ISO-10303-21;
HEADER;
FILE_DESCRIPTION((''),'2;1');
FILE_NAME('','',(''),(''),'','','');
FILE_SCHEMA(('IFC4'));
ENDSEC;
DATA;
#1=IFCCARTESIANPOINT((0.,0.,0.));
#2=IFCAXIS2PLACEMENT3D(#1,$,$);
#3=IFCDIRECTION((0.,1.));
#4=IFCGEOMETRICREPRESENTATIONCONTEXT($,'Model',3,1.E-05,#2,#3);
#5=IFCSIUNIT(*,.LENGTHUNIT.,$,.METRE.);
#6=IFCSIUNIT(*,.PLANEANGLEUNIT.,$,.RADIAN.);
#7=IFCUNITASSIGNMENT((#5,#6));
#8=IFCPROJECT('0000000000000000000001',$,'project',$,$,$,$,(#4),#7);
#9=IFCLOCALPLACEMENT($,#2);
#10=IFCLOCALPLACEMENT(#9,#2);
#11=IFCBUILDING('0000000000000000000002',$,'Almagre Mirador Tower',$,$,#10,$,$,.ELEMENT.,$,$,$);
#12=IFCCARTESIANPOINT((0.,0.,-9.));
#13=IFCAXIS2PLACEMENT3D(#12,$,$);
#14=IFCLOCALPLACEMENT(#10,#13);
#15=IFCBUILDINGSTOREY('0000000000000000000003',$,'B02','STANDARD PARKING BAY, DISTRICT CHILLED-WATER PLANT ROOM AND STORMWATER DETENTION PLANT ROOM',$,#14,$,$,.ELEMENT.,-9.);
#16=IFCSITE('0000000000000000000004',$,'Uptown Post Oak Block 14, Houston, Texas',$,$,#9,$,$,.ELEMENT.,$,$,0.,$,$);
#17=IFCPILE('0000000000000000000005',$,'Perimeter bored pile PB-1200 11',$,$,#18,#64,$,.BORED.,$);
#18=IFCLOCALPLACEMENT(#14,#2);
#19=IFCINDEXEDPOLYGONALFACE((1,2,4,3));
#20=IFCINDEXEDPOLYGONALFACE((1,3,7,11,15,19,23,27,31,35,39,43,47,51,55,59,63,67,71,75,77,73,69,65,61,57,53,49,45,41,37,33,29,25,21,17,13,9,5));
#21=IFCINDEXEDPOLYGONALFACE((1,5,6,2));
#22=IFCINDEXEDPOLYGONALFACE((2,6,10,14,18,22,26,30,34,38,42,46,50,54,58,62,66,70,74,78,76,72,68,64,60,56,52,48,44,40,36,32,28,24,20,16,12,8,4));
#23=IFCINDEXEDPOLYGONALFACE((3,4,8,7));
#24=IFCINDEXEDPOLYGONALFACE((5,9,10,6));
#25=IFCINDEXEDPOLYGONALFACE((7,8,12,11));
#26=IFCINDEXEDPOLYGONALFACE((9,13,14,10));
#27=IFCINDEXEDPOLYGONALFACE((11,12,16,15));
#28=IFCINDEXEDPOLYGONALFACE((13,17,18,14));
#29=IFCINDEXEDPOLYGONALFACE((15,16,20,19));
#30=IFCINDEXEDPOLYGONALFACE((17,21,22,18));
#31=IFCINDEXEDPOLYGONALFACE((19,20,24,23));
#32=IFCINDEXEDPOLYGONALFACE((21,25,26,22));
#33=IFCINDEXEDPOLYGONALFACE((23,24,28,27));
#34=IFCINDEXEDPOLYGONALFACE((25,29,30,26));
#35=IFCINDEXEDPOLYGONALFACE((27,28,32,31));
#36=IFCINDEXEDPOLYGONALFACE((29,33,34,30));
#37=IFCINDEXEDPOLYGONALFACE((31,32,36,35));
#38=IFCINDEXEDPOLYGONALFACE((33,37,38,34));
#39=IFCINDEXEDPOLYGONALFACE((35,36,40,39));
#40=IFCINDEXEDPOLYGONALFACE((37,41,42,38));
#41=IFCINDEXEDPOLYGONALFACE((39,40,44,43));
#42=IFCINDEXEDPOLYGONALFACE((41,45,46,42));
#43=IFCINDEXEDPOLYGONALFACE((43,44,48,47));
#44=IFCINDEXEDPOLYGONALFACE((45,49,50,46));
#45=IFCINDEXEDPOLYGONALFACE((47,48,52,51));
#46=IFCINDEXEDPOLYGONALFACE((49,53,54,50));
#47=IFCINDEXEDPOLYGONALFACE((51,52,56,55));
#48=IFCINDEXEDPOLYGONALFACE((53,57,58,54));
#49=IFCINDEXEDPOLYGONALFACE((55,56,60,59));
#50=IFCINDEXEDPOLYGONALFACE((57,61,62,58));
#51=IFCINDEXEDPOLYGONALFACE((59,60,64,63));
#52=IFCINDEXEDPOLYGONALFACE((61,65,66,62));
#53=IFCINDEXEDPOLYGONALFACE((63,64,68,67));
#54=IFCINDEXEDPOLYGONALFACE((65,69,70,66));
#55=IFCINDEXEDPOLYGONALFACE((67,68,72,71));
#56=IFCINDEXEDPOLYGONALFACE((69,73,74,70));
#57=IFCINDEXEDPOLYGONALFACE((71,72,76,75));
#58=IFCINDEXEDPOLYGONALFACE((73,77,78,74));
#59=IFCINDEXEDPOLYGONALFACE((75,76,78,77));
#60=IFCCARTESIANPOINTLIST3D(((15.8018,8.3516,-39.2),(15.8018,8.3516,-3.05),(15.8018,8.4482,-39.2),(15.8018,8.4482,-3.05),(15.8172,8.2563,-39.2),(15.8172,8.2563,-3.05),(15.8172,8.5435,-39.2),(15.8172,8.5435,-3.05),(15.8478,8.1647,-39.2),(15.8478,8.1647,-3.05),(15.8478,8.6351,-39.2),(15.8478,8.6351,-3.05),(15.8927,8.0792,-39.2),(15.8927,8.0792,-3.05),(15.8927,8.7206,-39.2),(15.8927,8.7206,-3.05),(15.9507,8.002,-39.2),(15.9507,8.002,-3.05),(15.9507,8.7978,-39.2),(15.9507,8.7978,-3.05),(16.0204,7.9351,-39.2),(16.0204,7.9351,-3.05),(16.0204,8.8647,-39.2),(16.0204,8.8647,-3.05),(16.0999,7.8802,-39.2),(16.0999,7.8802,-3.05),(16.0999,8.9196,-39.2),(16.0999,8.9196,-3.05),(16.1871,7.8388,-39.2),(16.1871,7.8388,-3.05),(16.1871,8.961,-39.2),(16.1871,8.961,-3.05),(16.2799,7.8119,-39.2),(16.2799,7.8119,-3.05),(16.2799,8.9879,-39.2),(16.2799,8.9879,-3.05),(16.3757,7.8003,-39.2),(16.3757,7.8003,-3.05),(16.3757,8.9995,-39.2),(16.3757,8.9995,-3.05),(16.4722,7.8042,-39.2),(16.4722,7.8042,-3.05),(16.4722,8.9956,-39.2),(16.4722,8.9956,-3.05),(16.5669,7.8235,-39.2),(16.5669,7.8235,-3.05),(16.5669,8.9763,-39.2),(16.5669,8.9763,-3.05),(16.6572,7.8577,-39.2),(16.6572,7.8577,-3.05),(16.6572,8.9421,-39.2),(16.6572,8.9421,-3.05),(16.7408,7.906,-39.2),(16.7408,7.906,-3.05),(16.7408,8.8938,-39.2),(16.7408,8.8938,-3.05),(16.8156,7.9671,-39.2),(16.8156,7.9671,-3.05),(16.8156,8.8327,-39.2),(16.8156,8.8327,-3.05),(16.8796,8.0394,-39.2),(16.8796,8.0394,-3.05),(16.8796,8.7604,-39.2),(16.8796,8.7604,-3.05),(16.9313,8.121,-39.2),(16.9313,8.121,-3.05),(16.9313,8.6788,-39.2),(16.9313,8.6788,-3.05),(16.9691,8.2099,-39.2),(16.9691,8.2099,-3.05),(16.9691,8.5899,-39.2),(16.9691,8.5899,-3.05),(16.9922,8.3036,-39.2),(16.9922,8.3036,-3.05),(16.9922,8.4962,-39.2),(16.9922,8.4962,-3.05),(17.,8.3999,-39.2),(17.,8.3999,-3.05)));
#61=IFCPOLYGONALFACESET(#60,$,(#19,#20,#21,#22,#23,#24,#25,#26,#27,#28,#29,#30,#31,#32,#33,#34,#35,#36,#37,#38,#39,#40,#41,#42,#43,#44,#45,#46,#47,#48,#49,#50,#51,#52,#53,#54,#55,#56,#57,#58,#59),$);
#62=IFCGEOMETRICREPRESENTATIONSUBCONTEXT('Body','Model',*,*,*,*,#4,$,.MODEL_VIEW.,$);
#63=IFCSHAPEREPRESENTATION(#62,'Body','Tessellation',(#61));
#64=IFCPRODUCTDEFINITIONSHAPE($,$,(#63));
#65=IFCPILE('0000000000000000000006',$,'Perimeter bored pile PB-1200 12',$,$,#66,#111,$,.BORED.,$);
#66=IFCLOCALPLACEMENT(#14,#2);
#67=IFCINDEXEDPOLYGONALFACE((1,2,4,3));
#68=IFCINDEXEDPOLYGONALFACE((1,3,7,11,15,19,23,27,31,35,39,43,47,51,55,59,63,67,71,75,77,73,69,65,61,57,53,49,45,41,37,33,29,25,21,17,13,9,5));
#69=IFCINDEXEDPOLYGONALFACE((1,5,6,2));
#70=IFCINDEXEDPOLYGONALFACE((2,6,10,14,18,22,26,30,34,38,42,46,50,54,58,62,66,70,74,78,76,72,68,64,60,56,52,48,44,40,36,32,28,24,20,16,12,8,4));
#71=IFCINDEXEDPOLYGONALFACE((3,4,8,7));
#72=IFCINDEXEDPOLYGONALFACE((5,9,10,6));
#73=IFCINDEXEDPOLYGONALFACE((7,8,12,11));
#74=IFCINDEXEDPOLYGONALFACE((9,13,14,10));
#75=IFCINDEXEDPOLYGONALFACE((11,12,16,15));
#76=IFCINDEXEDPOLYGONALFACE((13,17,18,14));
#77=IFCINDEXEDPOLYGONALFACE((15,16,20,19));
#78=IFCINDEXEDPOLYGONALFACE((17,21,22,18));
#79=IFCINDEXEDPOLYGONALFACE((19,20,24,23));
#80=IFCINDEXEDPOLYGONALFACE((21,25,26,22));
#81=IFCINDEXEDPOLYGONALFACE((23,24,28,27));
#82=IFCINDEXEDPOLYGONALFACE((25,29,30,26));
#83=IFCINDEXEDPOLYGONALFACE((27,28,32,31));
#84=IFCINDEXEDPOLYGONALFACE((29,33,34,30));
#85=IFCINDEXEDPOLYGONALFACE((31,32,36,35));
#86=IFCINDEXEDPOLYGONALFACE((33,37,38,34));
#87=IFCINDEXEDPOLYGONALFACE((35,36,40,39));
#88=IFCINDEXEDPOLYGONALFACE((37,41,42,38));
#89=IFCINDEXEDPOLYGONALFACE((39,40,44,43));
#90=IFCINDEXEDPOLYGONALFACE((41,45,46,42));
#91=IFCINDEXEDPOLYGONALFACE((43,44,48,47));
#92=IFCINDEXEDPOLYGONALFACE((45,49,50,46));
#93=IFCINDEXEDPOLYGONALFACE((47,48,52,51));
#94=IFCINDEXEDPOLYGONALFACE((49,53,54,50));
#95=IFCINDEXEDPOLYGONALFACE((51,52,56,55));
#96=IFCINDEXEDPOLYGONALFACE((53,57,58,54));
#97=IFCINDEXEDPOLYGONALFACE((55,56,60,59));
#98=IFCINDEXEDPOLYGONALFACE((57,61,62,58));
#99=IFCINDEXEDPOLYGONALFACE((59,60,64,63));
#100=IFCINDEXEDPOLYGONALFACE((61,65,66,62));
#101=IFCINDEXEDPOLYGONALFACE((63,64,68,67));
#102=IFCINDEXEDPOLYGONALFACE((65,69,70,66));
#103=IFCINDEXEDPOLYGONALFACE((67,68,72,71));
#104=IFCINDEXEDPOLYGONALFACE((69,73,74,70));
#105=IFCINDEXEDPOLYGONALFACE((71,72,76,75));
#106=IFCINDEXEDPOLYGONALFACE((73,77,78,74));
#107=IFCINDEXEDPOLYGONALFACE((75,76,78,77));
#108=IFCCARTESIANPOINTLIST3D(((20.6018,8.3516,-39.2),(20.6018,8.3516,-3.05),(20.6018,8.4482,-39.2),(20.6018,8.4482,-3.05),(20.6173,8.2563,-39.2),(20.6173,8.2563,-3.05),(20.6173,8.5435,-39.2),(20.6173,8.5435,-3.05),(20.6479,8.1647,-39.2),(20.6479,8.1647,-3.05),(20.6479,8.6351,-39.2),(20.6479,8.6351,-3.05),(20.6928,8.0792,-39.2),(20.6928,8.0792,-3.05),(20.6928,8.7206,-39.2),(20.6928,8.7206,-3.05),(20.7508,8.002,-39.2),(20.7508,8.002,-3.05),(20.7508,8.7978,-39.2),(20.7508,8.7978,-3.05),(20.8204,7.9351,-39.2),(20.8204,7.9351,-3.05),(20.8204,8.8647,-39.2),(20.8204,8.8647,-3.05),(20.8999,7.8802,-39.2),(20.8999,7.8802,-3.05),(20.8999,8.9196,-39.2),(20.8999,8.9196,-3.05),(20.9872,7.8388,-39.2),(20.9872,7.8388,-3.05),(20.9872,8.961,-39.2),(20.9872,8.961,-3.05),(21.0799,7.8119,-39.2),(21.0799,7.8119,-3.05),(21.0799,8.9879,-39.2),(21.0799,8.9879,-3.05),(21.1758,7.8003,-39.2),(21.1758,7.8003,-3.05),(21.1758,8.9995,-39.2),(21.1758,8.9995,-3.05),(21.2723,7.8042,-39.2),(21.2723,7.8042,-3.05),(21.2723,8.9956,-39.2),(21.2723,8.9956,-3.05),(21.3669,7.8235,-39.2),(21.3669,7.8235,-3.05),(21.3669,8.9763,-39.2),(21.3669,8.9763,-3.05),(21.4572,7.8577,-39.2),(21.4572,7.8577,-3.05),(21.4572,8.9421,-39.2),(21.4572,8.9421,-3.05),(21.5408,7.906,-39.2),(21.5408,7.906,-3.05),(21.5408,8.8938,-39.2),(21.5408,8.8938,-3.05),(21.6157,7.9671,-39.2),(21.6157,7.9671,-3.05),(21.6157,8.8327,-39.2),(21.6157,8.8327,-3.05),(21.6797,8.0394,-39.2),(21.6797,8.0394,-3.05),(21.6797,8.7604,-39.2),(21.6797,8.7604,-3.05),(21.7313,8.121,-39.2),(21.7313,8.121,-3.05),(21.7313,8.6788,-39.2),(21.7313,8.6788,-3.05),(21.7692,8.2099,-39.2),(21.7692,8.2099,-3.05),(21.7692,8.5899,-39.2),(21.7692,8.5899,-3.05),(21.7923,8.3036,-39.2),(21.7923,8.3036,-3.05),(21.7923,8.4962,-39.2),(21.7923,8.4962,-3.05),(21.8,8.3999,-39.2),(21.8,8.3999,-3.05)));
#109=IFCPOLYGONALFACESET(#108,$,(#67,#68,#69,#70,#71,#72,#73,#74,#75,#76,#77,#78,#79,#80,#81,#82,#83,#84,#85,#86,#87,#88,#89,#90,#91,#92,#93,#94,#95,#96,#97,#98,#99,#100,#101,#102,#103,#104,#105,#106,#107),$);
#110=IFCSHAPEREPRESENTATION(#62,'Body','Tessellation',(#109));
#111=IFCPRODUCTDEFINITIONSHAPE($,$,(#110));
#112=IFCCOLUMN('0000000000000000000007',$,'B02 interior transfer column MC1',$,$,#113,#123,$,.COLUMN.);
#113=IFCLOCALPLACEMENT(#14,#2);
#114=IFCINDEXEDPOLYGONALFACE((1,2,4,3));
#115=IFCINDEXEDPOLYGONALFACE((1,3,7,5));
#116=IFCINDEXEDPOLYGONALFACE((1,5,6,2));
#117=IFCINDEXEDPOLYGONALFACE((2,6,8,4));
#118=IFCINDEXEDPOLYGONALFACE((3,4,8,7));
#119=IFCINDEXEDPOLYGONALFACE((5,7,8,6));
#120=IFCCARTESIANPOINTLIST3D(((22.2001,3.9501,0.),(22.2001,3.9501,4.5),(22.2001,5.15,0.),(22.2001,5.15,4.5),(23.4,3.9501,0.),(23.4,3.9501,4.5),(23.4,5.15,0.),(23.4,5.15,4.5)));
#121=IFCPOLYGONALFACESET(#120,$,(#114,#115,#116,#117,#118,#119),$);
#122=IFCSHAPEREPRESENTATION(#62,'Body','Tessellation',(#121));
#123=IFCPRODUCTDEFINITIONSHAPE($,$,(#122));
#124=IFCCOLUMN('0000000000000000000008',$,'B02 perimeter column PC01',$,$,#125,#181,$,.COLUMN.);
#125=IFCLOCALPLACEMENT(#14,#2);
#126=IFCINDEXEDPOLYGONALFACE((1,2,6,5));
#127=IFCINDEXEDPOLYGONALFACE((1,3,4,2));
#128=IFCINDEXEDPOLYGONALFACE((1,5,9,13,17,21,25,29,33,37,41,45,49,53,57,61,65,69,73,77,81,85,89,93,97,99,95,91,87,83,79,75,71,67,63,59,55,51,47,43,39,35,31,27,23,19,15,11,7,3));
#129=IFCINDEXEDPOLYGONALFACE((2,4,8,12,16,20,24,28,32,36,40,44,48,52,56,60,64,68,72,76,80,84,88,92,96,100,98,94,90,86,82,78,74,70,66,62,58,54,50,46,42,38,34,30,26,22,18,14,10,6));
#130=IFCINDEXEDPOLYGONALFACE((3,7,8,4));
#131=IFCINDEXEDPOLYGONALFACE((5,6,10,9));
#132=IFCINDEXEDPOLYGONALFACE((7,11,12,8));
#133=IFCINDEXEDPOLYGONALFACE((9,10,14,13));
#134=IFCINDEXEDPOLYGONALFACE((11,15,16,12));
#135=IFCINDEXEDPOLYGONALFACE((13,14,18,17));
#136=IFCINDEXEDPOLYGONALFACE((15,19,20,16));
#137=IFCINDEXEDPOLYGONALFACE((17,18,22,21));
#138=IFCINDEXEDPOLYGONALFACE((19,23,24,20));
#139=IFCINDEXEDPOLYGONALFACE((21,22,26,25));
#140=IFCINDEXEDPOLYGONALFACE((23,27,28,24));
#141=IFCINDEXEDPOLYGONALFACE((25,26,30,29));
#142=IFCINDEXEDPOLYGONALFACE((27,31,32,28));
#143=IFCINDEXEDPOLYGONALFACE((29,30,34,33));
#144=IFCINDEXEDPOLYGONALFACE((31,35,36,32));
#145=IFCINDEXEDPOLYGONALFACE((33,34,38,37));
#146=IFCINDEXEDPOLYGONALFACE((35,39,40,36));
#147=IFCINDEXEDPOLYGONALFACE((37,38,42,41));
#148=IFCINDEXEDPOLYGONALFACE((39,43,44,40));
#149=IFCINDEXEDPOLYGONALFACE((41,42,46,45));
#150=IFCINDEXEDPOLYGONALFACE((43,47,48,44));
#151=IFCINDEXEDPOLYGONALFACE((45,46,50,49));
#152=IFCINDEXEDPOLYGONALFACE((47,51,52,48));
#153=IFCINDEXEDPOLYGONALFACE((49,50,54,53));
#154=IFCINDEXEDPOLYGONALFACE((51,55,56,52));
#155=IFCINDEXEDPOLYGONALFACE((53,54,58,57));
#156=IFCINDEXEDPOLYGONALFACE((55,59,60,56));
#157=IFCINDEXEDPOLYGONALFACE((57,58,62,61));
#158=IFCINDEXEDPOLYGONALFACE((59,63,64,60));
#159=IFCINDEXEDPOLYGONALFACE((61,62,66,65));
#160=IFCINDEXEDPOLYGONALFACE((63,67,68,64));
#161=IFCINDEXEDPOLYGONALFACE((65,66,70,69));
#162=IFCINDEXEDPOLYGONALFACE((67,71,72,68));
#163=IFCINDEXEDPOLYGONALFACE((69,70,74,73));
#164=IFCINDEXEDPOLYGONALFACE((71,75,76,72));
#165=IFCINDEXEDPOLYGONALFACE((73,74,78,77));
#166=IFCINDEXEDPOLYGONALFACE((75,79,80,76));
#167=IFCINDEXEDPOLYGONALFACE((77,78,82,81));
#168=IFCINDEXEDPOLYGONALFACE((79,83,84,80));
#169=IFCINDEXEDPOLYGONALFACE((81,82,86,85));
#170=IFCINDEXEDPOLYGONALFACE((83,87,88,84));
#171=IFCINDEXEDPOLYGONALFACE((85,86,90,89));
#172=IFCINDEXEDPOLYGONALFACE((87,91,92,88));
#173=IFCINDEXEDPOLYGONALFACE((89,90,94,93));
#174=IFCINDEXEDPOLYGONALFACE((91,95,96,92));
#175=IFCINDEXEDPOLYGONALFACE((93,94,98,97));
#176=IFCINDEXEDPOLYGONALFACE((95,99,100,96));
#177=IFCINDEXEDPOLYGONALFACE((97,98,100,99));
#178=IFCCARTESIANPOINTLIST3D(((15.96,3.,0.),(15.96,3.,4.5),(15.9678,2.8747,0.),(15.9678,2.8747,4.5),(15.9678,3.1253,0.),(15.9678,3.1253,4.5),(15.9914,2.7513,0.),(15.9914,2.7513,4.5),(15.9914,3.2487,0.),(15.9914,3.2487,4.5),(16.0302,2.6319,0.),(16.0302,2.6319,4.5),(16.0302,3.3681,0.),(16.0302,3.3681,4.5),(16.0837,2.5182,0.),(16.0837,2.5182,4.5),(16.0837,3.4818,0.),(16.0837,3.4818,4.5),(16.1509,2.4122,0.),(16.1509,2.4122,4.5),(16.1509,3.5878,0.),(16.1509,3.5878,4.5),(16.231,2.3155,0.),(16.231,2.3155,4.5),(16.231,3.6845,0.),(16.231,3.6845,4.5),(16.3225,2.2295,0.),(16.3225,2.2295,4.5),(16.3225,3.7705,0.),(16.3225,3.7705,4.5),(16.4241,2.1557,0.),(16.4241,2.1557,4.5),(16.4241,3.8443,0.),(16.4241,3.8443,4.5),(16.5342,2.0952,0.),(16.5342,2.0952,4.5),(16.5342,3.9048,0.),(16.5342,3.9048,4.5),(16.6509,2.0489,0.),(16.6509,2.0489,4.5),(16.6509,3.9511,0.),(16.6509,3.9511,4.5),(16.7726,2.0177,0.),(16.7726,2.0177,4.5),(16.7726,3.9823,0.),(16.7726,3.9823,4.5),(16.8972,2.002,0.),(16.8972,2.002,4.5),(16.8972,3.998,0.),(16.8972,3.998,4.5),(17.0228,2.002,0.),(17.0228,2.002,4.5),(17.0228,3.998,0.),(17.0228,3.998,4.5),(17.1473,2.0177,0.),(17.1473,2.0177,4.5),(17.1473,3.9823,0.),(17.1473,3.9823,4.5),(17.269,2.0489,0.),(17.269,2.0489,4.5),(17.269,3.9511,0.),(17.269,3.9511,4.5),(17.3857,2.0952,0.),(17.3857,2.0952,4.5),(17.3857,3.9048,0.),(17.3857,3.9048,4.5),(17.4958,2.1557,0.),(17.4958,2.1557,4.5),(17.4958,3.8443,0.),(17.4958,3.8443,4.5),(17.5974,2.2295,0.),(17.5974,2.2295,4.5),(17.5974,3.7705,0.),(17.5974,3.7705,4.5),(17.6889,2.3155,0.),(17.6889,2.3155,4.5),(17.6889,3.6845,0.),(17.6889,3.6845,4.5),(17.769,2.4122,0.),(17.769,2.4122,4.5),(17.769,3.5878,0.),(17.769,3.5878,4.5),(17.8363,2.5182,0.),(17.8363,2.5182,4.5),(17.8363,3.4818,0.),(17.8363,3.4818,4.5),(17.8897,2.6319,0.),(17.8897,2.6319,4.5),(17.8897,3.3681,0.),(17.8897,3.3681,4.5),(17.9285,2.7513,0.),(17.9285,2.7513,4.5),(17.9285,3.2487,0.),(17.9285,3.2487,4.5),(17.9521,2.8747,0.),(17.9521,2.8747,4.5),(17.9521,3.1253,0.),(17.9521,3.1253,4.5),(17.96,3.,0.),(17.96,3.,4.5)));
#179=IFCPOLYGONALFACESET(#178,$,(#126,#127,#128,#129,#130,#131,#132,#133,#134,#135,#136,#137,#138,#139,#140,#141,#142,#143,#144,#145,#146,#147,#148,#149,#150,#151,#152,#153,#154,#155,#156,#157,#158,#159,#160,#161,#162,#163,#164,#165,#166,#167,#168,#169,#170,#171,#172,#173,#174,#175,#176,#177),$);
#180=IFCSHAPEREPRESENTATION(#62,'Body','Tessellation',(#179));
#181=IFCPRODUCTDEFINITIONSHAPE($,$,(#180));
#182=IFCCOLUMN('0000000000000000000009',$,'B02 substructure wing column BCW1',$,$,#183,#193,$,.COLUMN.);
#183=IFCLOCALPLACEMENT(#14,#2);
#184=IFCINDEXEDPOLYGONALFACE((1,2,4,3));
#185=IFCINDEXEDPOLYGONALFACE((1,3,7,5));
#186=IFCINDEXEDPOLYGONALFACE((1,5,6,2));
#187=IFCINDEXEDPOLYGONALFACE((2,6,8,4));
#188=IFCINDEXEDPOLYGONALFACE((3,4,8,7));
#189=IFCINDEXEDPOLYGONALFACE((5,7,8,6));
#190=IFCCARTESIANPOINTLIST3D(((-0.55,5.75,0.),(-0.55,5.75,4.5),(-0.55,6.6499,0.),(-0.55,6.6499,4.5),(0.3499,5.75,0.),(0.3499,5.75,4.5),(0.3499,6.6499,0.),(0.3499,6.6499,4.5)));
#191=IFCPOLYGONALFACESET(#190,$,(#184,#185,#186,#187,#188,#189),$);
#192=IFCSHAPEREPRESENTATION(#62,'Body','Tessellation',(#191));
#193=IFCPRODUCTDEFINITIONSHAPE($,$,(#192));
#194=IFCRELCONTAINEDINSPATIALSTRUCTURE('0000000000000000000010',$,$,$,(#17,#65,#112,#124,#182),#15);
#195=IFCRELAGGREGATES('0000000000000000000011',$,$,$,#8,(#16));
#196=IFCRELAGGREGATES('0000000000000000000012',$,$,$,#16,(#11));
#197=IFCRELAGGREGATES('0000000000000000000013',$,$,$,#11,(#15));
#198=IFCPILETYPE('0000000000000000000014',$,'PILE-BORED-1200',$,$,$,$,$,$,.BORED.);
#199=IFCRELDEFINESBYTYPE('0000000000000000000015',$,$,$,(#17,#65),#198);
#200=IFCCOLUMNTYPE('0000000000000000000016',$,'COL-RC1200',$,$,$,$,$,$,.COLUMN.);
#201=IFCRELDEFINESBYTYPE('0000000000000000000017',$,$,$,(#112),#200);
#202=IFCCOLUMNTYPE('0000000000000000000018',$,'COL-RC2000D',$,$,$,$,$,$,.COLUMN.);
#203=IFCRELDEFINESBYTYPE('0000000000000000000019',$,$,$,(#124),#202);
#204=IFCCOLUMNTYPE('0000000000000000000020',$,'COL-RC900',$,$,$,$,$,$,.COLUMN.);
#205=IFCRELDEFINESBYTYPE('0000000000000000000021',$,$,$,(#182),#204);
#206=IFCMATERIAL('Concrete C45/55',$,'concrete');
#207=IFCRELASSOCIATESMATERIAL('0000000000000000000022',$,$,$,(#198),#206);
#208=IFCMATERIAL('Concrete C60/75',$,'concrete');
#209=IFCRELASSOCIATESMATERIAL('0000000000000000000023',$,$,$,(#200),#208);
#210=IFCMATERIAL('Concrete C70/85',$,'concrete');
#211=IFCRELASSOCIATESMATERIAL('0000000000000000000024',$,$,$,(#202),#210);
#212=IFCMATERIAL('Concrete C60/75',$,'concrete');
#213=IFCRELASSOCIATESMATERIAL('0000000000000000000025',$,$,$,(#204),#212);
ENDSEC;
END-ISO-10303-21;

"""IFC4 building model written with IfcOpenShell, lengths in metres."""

from ifc_helpers import new_model, si_unit, direction, frame, origin, origin_2d, place, context, subcontext, project, spatial, rectangle, circle, extrude, material, material_profile, profile_set, type_object, element, save


model = new_model("IFC4")

# Units and contexts
model_context = context("Model", 3, precision=1e-05, world=origin(), true_north=direction((0.0, 1.0)))
body_context = subcontext(model_context, "Body", "Model", "MODEL_VIEW")
ifc_project = project(units=[si_unit("LENGTHUNIT", "METRE"), si_unit("PLANEANGLEUNIT", "RADIAN")], contexts=[model_context])

# Site, building, storey
site_placement = place(None, origin())
site = spatial("IfcSite", under=ifc_project, at=site_placement, Name="Uptown Post Oak Block 14, Houston, Texas", CompositionType="ELEMENT", RefElevation=0.0)
building_placement = place(site_placement, origin())
building = spatial("IfcBuilding", under=site, at=building_placement, Name="Almagre Mirador Tower", CompositionType="ELEMENT")
storey_placement = place(building_placement, frame((0.0, 0.0, -9.0)))
storey = spatial("IfcBuildingStorey", under=building, at=storey_placement, Name="B02", Description="STANDARD PARKING BAY, DISTRICT CHILLED-WATER PLANT ROOM AND STORMWATER DETENTION PLANT ROOM", CompositionType="ELEMENT", Elevation=-9.0)

# Piles
ifc_material_1 = material(Name="Concrete C45/55", Category="concrete")
ifc_material_profile_1 = material_profile(ifc_material_1, circle(Radius=0.6001, at=origin_2d()), Name="PILE1200D")
ifc_profile_set_1 = profile_set([ifc_material_profile_1], Name="Concrete C45/55")
pile_type = type_object("IfcPileType", Name="PILE-BORED-1200", PredefinedType="BORED", material=ifc_profile_set_1)
for number, where, z_axis, x_axis, name in (
    (1, (16.3999, 8.3999, -3.05), (0.0, 0.0, -1.0), (1.0, 0.0, 0.0), "Perimeter bored pile PB-1200 11"),
    (2, (21.2, 8.3999, -3.05), (0.0, 0.0, -1.0), (1.0, 0.0, 0.0), "Perimeter bored pile PB-1200 12"),
):
    element("IfcPile", number, at=place(storey_placement, frame(where, z_axis=z_axis, x_axis=x_axis)), inside=storey, type_object=pile_type, Name=name, PredefinedType="BORED", context=body_context, shape_type="SweptSolid", body=[
        extrude(circle(Radius=0.6001, at=origin_2d()), origin(), (0.0, 0.0, 1.0), 36.1499),
    ])

# Columns
ifc_material_2 = material(Name="Concrete C60/75", Category="concrete")
ifc_material_profile_2 = material_profile(ifc_material_2, rectangle(XDim=1.2, YDim=1.2, at=origin_2d()), Name="RC1200X1200")
ifc_profile_set_2 = profile_set([ifc_material_profile_2], Name="Concrete C60/75")
column_type_1 = type_object("IfcColumnType", Name="COL-RC1200", PredefinedType="COLUMN", material=ifc_profile_set_2)
column_1_placement = place(storey_placement, frame((22.8, 4.55, 0.0), z_axis=(0.0, 0.0, 1.0), x_axis=(1.0, 0.0, 0.0)))
element("IfcColumn", 3, at=column_1_placement, inside=storey, type_object=column_type_1, Name="B02 interior transfer column MC1", PredefinedType="COLUMN", context=body_context, shape_type="SweptSolid", body=[
    extrude(rectangle(XDim=1.2, YDim=1.2, at=origin_2d()), origin(), (0.0, 0.0, 1.0), 4.5),
])
ifc_material_3 = material(Name="Concrete C70/85", Category="concrete")
ifc_material_profile_3 = material_profile(ifc_material_3, circle(Radius=1.0, at=origin_2d()), Name="RC2000D")
ifc_profile_set_3 = profile_set([ifc_material_profile_3], Name="Concrete C70/85")
column_type_2 = type_object("IfcColumnType", Name="COL-RC2000D", PredefinedType="COLUMN", material=ifc_profile_set_3)
column_2_placement = place(storey_placement, frame((16.96, 3.0, 0.0), z_axis=(0.0, 0.0, 1.0), x_axis=(1.0, 0.0, 0.0)))
element("IfcColumn", 4, at=column_2_placement, inside=storey, type_object=column_type_2, Name="B02 perimeter column PC01", PredefinedType="COLUMN", context=body_context, shape_type="SweptSolid", body=[
    extrude(circle(Radius=1.0, at=origin_2d()), origin(), (0.0, 0.0, 1.0), 4.5),
])
ifc_material_4 = material(Name="Concrete C60/75", Category="concrete")
ifc_material_profile_4 = material_profile(ifc_material_4, rectangle(XDim=0.8999, YDim=0.8999, at=origin_2d()), Name="RC900X900")
ifc_profile_set_4 = profile_set([ifc_material_profile_4], Name="Concrete C60/75")
column_type_3 = type_object("IfcColumnType", Name="COL-RC900", PredefinedType="COLUMN", material=ifc_profile_set_4)
for number, where, z_axis, x_axis, name in (
    (5, (-0.1001, 6.2, 0.0), (0.0, 0.0, 1.0), (1.0, 0.0, 0.0), "B02 substructure wing column BCW1"),
):
    element("IfcColumn", number, at=place(storey_placement, frame(where, z_axis=z_axis, x_axis=x_axis)), inside=storey, type_object=column_type_3, Name=name, PredefinedType="COLUMN", context=body_context, shape_type="SweptSolid", body=[
        extrude(rectangle(XDim=0.8999, YDim=0.8999, at=origin_2d()), origin(), (0.0, 0.0, 1.0), 4.5),
    ])

save(model, "model.ifc")
